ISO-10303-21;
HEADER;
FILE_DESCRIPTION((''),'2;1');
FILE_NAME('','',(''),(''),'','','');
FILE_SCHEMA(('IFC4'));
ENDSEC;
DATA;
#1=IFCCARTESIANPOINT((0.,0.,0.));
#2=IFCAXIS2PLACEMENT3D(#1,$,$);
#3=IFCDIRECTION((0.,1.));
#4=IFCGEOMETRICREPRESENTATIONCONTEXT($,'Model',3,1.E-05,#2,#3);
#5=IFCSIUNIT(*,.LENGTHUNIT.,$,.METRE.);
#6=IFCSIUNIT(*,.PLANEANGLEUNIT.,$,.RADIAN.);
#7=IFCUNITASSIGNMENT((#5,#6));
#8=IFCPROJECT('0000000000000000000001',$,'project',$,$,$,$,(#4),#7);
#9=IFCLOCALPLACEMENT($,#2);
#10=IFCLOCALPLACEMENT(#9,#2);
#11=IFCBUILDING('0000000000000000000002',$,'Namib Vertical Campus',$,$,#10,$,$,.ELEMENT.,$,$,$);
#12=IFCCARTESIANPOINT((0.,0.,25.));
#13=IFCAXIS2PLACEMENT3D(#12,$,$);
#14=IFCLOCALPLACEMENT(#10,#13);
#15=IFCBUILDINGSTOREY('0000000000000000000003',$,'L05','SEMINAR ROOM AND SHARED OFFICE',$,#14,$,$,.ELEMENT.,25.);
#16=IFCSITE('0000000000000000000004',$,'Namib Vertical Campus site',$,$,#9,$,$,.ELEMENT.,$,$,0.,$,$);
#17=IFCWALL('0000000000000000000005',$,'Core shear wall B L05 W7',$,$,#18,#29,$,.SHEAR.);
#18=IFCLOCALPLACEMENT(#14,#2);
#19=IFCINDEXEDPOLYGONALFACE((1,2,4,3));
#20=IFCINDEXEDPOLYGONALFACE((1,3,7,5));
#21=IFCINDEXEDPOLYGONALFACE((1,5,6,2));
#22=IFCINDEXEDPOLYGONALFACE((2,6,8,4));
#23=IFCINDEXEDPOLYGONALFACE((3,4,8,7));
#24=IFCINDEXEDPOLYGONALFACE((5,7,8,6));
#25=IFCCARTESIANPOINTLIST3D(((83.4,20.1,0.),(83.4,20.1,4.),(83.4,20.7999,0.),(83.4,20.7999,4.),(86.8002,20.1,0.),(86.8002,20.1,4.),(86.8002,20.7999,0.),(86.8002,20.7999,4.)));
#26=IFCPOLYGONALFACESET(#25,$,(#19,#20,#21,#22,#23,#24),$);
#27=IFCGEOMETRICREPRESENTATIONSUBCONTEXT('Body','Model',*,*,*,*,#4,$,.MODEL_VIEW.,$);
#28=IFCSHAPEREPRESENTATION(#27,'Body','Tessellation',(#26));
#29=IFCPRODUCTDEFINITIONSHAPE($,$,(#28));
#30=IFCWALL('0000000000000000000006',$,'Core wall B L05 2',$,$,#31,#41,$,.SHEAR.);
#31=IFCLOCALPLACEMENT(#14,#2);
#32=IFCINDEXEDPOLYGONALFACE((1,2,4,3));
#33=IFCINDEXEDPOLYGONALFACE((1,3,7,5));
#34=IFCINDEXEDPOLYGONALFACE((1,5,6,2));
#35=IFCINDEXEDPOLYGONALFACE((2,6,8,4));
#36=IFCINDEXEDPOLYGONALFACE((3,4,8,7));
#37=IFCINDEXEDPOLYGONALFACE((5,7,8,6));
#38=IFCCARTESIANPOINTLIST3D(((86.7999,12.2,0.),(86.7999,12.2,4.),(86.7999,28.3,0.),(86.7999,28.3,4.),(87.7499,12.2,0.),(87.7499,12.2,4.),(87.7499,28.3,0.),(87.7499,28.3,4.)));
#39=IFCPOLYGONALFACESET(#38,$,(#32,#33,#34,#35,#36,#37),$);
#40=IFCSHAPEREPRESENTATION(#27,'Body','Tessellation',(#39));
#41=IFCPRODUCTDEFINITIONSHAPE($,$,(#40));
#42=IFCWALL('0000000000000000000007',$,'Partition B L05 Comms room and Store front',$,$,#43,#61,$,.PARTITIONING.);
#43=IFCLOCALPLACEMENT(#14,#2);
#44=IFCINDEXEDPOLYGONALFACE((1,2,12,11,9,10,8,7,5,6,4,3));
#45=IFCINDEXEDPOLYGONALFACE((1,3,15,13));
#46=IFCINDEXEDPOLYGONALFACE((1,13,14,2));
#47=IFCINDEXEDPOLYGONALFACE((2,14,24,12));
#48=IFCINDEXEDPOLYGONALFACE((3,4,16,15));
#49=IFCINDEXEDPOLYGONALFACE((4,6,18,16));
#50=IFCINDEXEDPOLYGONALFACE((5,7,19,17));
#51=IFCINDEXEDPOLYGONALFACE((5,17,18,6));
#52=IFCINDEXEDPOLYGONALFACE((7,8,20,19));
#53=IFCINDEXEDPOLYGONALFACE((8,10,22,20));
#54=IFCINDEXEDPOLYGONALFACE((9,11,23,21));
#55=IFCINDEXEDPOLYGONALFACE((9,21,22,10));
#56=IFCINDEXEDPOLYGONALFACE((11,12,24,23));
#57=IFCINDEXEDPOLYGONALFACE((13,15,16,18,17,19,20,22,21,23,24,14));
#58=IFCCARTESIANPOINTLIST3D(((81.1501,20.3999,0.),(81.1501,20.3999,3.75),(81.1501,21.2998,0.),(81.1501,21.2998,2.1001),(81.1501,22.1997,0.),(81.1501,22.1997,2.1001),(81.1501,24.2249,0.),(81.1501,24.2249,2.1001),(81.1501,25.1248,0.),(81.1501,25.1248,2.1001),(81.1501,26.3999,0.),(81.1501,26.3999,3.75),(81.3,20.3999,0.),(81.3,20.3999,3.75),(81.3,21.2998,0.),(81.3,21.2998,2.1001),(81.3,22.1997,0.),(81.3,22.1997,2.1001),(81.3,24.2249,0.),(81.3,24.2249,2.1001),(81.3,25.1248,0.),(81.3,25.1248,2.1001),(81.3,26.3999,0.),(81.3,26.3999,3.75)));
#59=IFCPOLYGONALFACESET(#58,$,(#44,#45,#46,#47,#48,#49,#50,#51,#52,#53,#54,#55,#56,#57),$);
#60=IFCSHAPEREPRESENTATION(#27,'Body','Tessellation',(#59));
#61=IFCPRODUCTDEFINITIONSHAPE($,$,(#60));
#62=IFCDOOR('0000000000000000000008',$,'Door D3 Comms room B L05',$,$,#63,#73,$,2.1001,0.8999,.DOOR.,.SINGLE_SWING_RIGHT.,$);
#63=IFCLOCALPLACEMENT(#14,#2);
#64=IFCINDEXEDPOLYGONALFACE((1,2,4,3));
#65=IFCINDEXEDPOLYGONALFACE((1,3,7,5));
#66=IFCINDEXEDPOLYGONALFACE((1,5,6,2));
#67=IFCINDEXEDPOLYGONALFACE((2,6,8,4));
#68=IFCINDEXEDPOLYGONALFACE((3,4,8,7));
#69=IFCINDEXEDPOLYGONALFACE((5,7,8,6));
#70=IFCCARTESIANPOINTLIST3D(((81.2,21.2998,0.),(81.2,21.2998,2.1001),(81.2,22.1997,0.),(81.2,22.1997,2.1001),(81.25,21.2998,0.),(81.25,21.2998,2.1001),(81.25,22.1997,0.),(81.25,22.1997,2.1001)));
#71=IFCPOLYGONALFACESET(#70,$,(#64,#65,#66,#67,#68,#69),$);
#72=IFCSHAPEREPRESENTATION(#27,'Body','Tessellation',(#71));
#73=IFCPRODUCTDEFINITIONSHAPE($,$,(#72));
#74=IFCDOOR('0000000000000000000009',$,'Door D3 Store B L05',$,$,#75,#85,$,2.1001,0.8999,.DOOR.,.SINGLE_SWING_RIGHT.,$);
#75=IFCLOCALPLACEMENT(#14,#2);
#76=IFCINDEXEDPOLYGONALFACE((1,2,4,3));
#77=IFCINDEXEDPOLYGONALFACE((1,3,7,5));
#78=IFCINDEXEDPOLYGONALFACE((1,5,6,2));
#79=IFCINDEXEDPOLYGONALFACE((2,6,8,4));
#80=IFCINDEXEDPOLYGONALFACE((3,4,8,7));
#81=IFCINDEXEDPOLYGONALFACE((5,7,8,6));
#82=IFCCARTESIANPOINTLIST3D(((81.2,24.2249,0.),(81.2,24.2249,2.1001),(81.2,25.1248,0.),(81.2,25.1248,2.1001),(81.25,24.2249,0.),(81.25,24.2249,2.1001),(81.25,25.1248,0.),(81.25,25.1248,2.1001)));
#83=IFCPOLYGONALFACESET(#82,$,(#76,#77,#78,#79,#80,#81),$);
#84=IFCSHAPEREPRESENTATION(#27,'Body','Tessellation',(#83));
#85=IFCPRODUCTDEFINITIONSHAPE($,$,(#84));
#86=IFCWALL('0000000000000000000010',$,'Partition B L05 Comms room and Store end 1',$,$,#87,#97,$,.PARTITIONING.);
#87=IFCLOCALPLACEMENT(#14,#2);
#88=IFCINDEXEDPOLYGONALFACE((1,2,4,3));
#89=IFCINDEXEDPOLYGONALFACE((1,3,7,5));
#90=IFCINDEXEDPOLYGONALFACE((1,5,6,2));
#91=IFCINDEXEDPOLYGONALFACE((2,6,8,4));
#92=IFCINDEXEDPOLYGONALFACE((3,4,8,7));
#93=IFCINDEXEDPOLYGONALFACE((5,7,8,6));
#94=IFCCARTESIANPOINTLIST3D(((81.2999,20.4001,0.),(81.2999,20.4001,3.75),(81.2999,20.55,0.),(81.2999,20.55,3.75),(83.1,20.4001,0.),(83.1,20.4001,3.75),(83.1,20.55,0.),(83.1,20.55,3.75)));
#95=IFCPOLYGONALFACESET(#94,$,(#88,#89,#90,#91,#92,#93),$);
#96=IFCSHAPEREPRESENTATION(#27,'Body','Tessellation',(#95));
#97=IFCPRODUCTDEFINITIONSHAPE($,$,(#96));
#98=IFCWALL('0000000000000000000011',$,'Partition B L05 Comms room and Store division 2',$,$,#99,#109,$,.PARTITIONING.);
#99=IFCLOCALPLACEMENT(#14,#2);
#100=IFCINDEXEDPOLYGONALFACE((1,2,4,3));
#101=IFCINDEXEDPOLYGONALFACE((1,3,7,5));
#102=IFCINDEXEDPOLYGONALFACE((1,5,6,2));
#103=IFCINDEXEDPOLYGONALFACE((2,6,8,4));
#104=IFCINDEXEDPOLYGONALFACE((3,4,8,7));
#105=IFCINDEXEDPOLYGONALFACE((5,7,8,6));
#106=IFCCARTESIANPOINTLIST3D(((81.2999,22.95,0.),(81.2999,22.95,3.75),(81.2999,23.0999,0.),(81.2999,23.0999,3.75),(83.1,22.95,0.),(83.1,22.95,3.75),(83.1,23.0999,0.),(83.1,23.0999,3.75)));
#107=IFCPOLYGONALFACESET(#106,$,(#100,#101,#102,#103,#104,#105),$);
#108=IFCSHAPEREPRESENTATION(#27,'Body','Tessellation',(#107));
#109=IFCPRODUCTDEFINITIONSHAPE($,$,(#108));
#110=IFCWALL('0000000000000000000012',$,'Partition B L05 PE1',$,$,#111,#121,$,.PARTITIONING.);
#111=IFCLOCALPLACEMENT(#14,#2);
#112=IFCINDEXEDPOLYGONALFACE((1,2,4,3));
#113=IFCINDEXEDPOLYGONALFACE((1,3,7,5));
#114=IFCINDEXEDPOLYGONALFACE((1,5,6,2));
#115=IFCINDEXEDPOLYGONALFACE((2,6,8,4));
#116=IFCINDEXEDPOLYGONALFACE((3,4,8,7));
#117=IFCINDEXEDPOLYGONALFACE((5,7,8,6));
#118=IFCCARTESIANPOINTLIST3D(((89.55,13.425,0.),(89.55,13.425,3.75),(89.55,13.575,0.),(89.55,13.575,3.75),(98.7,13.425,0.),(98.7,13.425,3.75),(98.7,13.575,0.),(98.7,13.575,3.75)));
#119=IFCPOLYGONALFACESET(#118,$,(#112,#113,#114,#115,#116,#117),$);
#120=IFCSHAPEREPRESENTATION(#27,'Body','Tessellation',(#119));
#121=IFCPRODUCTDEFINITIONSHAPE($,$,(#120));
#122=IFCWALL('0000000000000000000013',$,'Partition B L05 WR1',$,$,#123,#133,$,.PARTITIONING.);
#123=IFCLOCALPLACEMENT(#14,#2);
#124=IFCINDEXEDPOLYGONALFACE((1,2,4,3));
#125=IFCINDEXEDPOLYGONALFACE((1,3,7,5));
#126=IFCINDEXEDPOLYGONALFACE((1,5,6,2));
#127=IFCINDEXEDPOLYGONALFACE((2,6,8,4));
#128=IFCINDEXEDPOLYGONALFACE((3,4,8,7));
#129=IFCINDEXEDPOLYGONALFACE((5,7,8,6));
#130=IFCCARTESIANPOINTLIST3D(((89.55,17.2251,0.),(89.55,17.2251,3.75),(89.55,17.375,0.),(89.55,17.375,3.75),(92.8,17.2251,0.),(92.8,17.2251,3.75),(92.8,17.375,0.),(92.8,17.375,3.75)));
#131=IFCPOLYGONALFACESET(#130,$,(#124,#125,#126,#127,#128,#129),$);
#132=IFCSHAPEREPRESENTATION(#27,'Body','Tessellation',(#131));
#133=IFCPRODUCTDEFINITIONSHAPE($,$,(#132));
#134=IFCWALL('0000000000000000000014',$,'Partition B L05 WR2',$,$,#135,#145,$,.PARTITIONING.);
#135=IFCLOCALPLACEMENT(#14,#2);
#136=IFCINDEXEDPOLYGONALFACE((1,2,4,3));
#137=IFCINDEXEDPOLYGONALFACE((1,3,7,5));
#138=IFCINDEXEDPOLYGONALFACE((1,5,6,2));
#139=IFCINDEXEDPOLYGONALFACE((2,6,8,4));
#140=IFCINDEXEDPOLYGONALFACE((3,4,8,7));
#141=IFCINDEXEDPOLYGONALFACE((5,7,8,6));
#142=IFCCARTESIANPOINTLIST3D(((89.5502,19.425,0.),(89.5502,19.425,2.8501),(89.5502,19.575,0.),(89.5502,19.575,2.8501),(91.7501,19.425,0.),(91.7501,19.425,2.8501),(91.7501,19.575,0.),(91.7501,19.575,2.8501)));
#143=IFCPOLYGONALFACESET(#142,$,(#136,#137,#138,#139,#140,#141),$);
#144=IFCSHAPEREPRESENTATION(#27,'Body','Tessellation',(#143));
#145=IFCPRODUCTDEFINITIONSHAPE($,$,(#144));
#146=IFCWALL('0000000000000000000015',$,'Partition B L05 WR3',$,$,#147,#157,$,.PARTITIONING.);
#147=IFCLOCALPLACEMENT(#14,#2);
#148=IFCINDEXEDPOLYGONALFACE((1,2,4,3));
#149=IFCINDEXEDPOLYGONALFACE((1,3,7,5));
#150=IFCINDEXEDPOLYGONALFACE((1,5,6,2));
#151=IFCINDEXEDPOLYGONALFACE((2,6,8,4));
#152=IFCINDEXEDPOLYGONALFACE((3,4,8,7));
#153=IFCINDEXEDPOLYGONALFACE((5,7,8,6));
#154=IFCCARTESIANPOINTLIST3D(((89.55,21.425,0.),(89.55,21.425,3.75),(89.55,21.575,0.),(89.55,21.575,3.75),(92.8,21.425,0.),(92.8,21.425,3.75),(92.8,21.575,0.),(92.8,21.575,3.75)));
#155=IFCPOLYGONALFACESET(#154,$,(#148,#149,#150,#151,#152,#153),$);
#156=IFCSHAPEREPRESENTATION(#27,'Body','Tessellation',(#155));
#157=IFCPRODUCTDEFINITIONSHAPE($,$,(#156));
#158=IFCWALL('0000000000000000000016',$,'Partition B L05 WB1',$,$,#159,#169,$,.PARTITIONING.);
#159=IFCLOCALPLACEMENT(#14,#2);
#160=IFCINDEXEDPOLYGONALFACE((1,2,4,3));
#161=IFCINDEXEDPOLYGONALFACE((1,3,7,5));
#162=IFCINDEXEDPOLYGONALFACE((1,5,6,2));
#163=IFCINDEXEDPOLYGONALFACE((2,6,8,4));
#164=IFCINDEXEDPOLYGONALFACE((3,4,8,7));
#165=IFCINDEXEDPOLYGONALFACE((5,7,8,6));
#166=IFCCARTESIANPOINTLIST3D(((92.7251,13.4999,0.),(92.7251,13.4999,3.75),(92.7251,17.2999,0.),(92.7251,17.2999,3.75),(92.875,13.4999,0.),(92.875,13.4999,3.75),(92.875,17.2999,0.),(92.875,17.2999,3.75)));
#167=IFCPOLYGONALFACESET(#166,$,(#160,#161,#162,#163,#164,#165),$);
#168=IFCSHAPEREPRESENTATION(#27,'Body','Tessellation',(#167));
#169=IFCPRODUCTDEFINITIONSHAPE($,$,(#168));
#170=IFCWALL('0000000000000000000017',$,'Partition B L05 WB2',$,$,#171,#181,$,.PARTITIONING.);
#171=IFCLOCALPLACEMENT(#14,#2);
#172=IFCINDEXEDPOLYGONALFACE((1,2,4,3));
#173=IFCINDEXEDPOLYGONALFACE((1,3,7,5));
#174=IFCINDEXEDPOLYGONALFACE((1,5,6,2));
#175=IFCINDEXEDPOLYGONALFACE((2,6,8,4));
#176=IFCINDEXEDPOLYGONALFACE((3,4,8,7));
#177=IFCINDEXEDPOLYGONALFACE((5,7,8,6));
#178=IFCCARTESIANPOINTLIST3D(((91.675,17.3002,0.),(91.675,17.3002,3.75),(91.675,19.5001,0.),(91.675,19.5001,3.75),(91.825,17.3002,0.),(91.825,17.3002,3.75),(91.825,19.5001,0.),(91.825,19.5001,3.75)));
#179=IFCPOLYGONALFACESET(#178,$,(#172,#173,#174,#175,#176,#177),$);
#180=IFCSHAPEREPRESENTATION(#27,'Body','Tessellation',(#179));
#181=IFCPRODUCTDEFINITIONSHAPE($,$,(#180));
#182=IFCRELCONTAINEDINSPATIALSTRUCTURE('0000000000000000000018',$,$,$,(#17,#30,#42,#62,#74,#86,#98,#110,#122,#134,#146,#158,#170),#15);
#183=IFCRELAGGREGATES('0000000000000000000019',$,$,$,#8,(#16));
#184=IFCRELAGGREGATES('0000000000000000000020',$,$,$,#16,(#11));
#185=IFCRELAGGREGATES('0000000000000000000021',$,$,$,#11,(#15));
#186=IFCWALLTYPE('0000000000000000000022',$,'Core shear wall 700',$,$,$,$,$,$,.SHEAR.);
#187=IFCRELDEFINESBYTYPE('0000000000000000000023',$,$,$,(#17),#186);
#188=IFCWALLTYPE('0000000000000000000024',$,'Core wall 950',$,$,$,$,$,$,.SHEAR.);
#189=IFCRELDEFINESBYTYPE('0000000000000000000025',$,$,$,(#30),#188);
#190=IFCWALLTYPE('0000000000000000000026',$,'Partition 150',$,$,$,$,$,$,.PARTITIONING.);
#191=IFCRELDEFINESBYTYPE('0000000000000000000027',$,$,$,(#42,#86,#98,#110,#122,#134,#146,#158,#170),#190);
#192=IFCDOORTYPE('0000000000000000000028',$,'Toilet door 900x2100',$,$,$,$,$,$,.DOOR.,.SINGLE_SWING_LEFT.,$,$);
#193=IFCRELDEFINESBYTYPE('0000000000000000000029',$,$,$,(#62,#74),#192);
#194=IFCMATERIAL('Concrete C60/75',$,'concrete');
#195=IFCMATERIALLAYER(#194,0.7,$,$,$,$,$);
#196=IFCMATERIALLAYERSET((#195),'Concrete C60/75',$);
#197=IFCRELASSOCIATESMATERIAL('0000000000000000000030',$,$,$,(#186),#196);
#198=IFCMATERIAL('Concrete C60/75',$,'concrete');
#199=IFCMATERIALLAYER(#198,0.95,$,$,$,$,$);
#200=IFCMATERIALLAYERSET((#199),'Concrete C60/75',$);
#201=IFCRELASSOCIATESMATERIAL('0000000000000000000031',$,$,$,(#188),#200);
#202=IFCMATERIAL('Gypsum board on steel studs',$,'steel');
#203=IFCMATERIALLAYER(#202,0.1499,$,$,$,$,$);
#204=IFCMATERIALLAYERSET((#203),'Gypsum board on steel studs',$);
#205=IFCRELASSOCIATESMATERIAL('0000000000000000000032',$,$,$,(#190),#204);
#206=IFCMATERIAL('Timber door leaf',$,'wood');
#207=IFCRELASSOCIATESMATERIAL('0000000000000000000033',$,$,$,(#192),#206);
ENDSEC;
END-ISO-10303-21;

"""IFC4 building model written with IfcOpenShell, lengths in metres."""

from ifc_helpers import new_model, si_unit, direction, frame, frame_2d, origin, place, context, subcontext, project, spatial, rectangle, extrude, material, layer, layer_set, type_object, element, fill, save


model = new_model("IFC4")

# Units and contexts
model_context = context("Model", 3, precision=1e-05, world=origin(), true_north=direction((0.0, 1.0)))
body_context = subcontext(model_context, "Body", "Model", "MODEL_VIEW")
ifc_project = project(units=[si_unit("LENGTHUNIT", "METRE"), si_unit("PLANEANGLEUNIT", "RADIAN")], contexts=[model_context])

# Site, building, storey
site_placement = place(None, origin())
site = spatial("IfcSite", under=ifc_project, at=site_placement, Name="Namib Vertical Campus site", CompositionType="ELEMENT", RefElevation=0.0)
building_placement = place(site_placement, origin())
building = spatial("IfcBuilding", under=site, at=building_placement, Name="Namib Vertical Campus", CompositionType="ELEMENT")
storey_placement = place(building_placement, frame((0.0, 0.0, 25.0)))
storey = spatial("IfcBuildingStorey", under=building, at=storey_placement, Name="L05", Description="SEMINAR ROOM AND SHARED OFFICE", CompositionType="ELEMENT", Elevation=25.0)

# Walls
ifc_material_1 = material(Name="Concrete C60/75", Category="concrete")
ifc_layer_1 = layer(ifc_material_1, 0.7)
ifc_layer_set_1 = layer_set([ifc_layer_1], Name="Concrete C60/75")
wall_type_1 = type_object("IfcWallType", Name="Core shear wall 700", PredefinedType="SHEAR", material=ifc_layer_set_1)
wall_1_placement = place(storey_placement, frame((83.3999, 20.45, 0.0), z_axis=(0.0, 0.0, 1.0), x_axis=(1.0, 0.0, 0.0)))
element("IfcWall", 1, at=wall_1_placement, inside=storey, type_object=wall_type_1, Name="Core shear wall B L05 W7", PredefinedType="SHEAR", context=body_context, shape_type="SweptSolid", body=[
    extrude(rectangle(XDim=3.4001, YDim=0.7, at=frame_2d((1.7002, 0.0))), origin(), (0.0, 0.0, 1.0), 4.0),
])
ifc_material_2 = material(Name="Concrete C60/75", Category="concrete")
ifc_layer_2 = layer(ifc_material_2, 0.95)
ifc_layer_set_2 = layer_set([ifc_layer_2], Name="Concrete C60/75")
wall_type_2 = type_object("IfcWallType", Name="Core wall 950", PredefinedType="SHEAR", material=ifc_layer_set_2)
wall_2_placement = place(storey_placement, frame((87.2749, 12.2, 0.0), z_axis=(0.0, 0.0, 1.0), x_axis=(0.0, 1.0, 0.0)))
element("IfcWall", 2, at=wall_2_placement, inside=storey, type_object=wall_type_2, Name="Core wall B L05 2", PredefinedType="SHEAR", context=body_context, shape_type="SweptSolid", body=[
    extrude(rectangle(XDim=16.1001, YDim=0.95, at=frame_2d((8.05, 0.0))), origin(), (0.0, 0.0, 1.0), 4.0),
])

# Wall, openings, doors
ifc_material_3 = material(Name="Gypsum board on steel studs", Category="steel")
ifc_layer_3 = layer(ifc_material_3, 0.1499)
ifc_layer_set_3 = layer_set([ifc_layer_3], Name="Gypsum board on steel studs")
wall_type_3 = type_object("IfcWallType", Name="Partition 150", PredefinedType="PARTITIONING", material=ifc_layer_set_3)
wall_3_placement = place(storey_placement, frame((81.2251, 20.3999, 0.0), z_axis=(0.0, 0.0, 1.0), x_axis=(0.0, 1.0, 0.0)))
wall_3 = element("IfcWall", 3, at=wall_3_placement, inside=storey, type_object=wall_type_3, Name="Partition B L05 Comms room and Store front", PredefinedType="PARTITIONING", context=body_context, shape_type="SweptSolid", body=[
    extrude(rectangle(XDim=6.0, YDim=0.1499, at=frame_2d((3.0, 0.0))), origin(), (0.0, 0.0, 1.0), 3.75),
])
opening_1_placement = place(wall_3_placement, frame((0.8999, 0.0, 0.0)))
opening_1 = element("IfcOpeningElement", 4, at=opening_1_placement, cuts=wall_3, PredefinedType="OPENING", context=body_context, shape_type="SweptSolid", body=[
    extrude(rectangle(XDim=0.8999, YDim=2.1001, at=frame_2d((0.45, 1.05))), frame((0.0, 0.085, 0.0), z_axis=(0.0, -1.0, 0.0), x_axis=(1.0, 0.0, 0.0)), (0.0, 0.0, 1.0), 0.1699),
])
opening_2_placement = place(wall_3_placement, frame((3.825, 0.0, 0.0)))
opening_2 = element("IfcOpeningElement", 5, at=opening_2_placement, cuts=wall_3, PredefinedType="OPENING", context=body_context, shape_type="SweptSolid", body=[
    extrude(rectangle(XDim=0.8999, YDim=2.1001, at=frame_2d((0.45, 1.05))), frame((0.0, 0.085, 0.0), z_axis=(0.0, -1.0, 0.0), x_axis=(1.0, 0.0, 0.0)), (0.0, 0.0, 1.0), 0.1699),
])
ifc_material_4 = material(Name="Timber door leaf", Category="wood")
door_type_1 = type_object("IfcDoorType", Name="Toilet door 900x2100", OperationType="SINGLE_SWING_LEFT", PredefinedType="DOOR", material=ifc_material_4)
door_1_placement = place(opening_1_placement, frame((0.8999, 0.0, 0.0), z_axis=(0.0, 0.0, 1.0), x_axis=(-1.0, 0.0, 0.0)))
door_1 = element("IfcDoor", 6, at=door_1_placement, inside=storey, type_object=door_type_1, Name="Door D3 Comms room B L05", OperationType="SINGLE_SWING_RIGHT", OverallHeight=2.1001, OverallWidth=0.8999, PredefinedType="DOOR", context=body_context, shape_type="SweptSolid", body=[
    extrude(rectangle(XDim=0.8999, YDim=2.1001, at=frame_2d((0.45, 1.05))), frame((0.0, 0.0249, 0.0), z_axis=(0.0, -1.0, 0.0), x_axis=(1.0, 0.0, 0.0)), (0.0, 0.0, 1.0), 0.05),
])
fill(opening_1, door_1)
door_2_placement = place(opening_2_placement, frame((0.8999, 0.0, 0.0), z_axis=(0.0, 0.0, 1.0), x_axis=(-1.0, 0.0, 0.0)))
door_2 = element("IfcDoor", 7, at=door_2_placement, inside=storey, type_object=door_type_1, Name="Door D3 Store B L05", OperationType="SINGLE_SWING_RIGHT", OverallHeight=2.1001, OverallWidth=0.8999, PredefinedType="DOOR", context=body_context, shape_type="SweptSolid", body=[
    extrude(rectangle(XDim=0.8999, YDim=2.1001, at=frame_2d((0.45, 1.05))), frame((0.0, 0.0249, 0.0), z_axis=(0.0, -1.0, 0.0), x_axis=(1.0, 0.0, 0.0)), (0.0, 0.0, 1.0), 0.05),
])
fill(opening_2, door_2)

# Walls
for number, where, z_axis, x_axis, name in (
    (8, (81.3, 20.4751, 0.0), (0.0, 0.0, 1.0), (1.0, 0.0, 0.0), "Partition B L05 Comms room and Store end 1"),
    (9, (81.3, 23.0249, 0.0), (0.0, 0.0, 1.0), (1.0, 0.0, 0.0), "Partition B L05 Comms room and Store division 2"),
):
    element("IfcWall", number, at=place(storey_placement, frame(where, z_axis=z_axis, x_axis=x_axis)), inside=storey, type_object=wall_type_3, Name=name, PredefinedType="PARTITIONING", context=body_context, shape_type="SweptSolid", body=[
        extrude(rectangle(XDim=1.8, YDim=0.1499, at=frame_2d((0.8999, 0.0))), origin(), (0.0, 0.0, 1.0), 3.75),
    ])
wall_4_placement = place(storey_placement, frame((89.55, 13.5, 0.0), z_axis=(0.0, 0.0, 1.0), x_axis=(1.0, 0.0, 0.0)))
element("IfcWall", 10, at=wall_4_placement, inside=storey, type_object=wall_type_3, Name="Partition B L05 PE1", PredefinedType="PARTITIONING", context=body_context, shape_type="SweptSolid", body=[
    extrude(rectangle(XDim=9.1499, YDim=0.1499, at=frame_2d((4.575, 0.0))), origin(), (0.0, 0.0, 1.0), 3.75),
])
wall_5_placement = place(storey_placement, frame((89.55, 17.3, 0.0), z_axis=(0.0, 0.0, 1.0), x_axis=(1.0, 0.0, 0.0)))
element("IfcWall", 11, at=wall_5_placement, inside=storey, type_object=wall_type_3, Name="Partition B L05 WR1", PredefinedType="PARTITIONING", context=body_context, shape_type="SweptSolid", body=[
    extrude(rectangle(XDim=3.25, YDim=0.1499, at=frame_2d((1.625, 0.0))), origin(), (0.0, 0.0, 1.0), 3.75),
])
wall_6_placement = place(storey_placement, frame((89.55, 19.5, 0.0), z_axis=(0.0, 0.0, 1.0), x_axis=(1.0, 0.0, 0.0)))
element("IfcWall", 12, at=wall_6_placement, inside=storey, type_object=wall_type_3, Name="Partition B L05 WR2", PredefinedType="PARTITIONING", context=body_context, shape_type="SweptSolid", body=[
    extrude(rectangle(XDim=2.2, YDim=0.1499, at=frame_2d((1.1001, 0.0))), origin(), (0.0, 0.0, 1.0), 2.8501),
])
wall_7_placement = place(storey_placement, frame((89.55, 21.5, 0.0), z_axis=(0.0, 0.0, 1.0), x_axis=(1.0, 0.0, 0.0)))
element("IfcWall", 13, at=wall_7_placement, inside=storey, type_object=wall_type_3, Name="Partition B L05 WR3", PredefinedType="PARTITIONING", context=body_context, shape_type="SweptSolid", body=[
    extrude(rectangle(XDim=3.25, YDim=0.1499, at=frame_2d((1.625, 0.0))), origin(), (0.0, 0.0, 1.0), 3.75),
])
wall_8_placement = place(storey_placement, frame((92.8, 13.5, 0.0), z_axis=(0.0, 0.0, 1.0), x_axis=(0.0, 1.0, 0.0)))
element("IfcWall", 14, at=wall_8_placement, inside=storey, type_object=wall_type_3, Name="Partition B L05 WB1", PredefinedType="PARTITIONING", context=body_context, shape_type="SweptSolid", body=[
    extrude(rectangle(XDim=3.8, YDim=0.1499, at=frame_2d((1.8999, 0.0))), origin(), (0.0, 0.0, 1.0), 3.75),
])
wall_9_placement = place(storey_placement, frame((91.75, 17.3, 0.0), z_axis=(0.0, 0.0, 1.0), x_axis=(0.0, 1.0, 0.0)))
element("IfcWall", 15, at=wall_9_placement, inside=storey, type_object=wall_type_3, Name="Partition B L05 WB2", PredefinedType="PARTITIONING", context=body_context, shape_type="SweptSolid", body=[
    extrude(rectangle(XDim=2.2, YDim=0.1499, at=frame_2d((1.1001, 0.0))), origin(), (0.0, 0.0, 1.0), 3.75),
])

save(model, "model.ifc")
